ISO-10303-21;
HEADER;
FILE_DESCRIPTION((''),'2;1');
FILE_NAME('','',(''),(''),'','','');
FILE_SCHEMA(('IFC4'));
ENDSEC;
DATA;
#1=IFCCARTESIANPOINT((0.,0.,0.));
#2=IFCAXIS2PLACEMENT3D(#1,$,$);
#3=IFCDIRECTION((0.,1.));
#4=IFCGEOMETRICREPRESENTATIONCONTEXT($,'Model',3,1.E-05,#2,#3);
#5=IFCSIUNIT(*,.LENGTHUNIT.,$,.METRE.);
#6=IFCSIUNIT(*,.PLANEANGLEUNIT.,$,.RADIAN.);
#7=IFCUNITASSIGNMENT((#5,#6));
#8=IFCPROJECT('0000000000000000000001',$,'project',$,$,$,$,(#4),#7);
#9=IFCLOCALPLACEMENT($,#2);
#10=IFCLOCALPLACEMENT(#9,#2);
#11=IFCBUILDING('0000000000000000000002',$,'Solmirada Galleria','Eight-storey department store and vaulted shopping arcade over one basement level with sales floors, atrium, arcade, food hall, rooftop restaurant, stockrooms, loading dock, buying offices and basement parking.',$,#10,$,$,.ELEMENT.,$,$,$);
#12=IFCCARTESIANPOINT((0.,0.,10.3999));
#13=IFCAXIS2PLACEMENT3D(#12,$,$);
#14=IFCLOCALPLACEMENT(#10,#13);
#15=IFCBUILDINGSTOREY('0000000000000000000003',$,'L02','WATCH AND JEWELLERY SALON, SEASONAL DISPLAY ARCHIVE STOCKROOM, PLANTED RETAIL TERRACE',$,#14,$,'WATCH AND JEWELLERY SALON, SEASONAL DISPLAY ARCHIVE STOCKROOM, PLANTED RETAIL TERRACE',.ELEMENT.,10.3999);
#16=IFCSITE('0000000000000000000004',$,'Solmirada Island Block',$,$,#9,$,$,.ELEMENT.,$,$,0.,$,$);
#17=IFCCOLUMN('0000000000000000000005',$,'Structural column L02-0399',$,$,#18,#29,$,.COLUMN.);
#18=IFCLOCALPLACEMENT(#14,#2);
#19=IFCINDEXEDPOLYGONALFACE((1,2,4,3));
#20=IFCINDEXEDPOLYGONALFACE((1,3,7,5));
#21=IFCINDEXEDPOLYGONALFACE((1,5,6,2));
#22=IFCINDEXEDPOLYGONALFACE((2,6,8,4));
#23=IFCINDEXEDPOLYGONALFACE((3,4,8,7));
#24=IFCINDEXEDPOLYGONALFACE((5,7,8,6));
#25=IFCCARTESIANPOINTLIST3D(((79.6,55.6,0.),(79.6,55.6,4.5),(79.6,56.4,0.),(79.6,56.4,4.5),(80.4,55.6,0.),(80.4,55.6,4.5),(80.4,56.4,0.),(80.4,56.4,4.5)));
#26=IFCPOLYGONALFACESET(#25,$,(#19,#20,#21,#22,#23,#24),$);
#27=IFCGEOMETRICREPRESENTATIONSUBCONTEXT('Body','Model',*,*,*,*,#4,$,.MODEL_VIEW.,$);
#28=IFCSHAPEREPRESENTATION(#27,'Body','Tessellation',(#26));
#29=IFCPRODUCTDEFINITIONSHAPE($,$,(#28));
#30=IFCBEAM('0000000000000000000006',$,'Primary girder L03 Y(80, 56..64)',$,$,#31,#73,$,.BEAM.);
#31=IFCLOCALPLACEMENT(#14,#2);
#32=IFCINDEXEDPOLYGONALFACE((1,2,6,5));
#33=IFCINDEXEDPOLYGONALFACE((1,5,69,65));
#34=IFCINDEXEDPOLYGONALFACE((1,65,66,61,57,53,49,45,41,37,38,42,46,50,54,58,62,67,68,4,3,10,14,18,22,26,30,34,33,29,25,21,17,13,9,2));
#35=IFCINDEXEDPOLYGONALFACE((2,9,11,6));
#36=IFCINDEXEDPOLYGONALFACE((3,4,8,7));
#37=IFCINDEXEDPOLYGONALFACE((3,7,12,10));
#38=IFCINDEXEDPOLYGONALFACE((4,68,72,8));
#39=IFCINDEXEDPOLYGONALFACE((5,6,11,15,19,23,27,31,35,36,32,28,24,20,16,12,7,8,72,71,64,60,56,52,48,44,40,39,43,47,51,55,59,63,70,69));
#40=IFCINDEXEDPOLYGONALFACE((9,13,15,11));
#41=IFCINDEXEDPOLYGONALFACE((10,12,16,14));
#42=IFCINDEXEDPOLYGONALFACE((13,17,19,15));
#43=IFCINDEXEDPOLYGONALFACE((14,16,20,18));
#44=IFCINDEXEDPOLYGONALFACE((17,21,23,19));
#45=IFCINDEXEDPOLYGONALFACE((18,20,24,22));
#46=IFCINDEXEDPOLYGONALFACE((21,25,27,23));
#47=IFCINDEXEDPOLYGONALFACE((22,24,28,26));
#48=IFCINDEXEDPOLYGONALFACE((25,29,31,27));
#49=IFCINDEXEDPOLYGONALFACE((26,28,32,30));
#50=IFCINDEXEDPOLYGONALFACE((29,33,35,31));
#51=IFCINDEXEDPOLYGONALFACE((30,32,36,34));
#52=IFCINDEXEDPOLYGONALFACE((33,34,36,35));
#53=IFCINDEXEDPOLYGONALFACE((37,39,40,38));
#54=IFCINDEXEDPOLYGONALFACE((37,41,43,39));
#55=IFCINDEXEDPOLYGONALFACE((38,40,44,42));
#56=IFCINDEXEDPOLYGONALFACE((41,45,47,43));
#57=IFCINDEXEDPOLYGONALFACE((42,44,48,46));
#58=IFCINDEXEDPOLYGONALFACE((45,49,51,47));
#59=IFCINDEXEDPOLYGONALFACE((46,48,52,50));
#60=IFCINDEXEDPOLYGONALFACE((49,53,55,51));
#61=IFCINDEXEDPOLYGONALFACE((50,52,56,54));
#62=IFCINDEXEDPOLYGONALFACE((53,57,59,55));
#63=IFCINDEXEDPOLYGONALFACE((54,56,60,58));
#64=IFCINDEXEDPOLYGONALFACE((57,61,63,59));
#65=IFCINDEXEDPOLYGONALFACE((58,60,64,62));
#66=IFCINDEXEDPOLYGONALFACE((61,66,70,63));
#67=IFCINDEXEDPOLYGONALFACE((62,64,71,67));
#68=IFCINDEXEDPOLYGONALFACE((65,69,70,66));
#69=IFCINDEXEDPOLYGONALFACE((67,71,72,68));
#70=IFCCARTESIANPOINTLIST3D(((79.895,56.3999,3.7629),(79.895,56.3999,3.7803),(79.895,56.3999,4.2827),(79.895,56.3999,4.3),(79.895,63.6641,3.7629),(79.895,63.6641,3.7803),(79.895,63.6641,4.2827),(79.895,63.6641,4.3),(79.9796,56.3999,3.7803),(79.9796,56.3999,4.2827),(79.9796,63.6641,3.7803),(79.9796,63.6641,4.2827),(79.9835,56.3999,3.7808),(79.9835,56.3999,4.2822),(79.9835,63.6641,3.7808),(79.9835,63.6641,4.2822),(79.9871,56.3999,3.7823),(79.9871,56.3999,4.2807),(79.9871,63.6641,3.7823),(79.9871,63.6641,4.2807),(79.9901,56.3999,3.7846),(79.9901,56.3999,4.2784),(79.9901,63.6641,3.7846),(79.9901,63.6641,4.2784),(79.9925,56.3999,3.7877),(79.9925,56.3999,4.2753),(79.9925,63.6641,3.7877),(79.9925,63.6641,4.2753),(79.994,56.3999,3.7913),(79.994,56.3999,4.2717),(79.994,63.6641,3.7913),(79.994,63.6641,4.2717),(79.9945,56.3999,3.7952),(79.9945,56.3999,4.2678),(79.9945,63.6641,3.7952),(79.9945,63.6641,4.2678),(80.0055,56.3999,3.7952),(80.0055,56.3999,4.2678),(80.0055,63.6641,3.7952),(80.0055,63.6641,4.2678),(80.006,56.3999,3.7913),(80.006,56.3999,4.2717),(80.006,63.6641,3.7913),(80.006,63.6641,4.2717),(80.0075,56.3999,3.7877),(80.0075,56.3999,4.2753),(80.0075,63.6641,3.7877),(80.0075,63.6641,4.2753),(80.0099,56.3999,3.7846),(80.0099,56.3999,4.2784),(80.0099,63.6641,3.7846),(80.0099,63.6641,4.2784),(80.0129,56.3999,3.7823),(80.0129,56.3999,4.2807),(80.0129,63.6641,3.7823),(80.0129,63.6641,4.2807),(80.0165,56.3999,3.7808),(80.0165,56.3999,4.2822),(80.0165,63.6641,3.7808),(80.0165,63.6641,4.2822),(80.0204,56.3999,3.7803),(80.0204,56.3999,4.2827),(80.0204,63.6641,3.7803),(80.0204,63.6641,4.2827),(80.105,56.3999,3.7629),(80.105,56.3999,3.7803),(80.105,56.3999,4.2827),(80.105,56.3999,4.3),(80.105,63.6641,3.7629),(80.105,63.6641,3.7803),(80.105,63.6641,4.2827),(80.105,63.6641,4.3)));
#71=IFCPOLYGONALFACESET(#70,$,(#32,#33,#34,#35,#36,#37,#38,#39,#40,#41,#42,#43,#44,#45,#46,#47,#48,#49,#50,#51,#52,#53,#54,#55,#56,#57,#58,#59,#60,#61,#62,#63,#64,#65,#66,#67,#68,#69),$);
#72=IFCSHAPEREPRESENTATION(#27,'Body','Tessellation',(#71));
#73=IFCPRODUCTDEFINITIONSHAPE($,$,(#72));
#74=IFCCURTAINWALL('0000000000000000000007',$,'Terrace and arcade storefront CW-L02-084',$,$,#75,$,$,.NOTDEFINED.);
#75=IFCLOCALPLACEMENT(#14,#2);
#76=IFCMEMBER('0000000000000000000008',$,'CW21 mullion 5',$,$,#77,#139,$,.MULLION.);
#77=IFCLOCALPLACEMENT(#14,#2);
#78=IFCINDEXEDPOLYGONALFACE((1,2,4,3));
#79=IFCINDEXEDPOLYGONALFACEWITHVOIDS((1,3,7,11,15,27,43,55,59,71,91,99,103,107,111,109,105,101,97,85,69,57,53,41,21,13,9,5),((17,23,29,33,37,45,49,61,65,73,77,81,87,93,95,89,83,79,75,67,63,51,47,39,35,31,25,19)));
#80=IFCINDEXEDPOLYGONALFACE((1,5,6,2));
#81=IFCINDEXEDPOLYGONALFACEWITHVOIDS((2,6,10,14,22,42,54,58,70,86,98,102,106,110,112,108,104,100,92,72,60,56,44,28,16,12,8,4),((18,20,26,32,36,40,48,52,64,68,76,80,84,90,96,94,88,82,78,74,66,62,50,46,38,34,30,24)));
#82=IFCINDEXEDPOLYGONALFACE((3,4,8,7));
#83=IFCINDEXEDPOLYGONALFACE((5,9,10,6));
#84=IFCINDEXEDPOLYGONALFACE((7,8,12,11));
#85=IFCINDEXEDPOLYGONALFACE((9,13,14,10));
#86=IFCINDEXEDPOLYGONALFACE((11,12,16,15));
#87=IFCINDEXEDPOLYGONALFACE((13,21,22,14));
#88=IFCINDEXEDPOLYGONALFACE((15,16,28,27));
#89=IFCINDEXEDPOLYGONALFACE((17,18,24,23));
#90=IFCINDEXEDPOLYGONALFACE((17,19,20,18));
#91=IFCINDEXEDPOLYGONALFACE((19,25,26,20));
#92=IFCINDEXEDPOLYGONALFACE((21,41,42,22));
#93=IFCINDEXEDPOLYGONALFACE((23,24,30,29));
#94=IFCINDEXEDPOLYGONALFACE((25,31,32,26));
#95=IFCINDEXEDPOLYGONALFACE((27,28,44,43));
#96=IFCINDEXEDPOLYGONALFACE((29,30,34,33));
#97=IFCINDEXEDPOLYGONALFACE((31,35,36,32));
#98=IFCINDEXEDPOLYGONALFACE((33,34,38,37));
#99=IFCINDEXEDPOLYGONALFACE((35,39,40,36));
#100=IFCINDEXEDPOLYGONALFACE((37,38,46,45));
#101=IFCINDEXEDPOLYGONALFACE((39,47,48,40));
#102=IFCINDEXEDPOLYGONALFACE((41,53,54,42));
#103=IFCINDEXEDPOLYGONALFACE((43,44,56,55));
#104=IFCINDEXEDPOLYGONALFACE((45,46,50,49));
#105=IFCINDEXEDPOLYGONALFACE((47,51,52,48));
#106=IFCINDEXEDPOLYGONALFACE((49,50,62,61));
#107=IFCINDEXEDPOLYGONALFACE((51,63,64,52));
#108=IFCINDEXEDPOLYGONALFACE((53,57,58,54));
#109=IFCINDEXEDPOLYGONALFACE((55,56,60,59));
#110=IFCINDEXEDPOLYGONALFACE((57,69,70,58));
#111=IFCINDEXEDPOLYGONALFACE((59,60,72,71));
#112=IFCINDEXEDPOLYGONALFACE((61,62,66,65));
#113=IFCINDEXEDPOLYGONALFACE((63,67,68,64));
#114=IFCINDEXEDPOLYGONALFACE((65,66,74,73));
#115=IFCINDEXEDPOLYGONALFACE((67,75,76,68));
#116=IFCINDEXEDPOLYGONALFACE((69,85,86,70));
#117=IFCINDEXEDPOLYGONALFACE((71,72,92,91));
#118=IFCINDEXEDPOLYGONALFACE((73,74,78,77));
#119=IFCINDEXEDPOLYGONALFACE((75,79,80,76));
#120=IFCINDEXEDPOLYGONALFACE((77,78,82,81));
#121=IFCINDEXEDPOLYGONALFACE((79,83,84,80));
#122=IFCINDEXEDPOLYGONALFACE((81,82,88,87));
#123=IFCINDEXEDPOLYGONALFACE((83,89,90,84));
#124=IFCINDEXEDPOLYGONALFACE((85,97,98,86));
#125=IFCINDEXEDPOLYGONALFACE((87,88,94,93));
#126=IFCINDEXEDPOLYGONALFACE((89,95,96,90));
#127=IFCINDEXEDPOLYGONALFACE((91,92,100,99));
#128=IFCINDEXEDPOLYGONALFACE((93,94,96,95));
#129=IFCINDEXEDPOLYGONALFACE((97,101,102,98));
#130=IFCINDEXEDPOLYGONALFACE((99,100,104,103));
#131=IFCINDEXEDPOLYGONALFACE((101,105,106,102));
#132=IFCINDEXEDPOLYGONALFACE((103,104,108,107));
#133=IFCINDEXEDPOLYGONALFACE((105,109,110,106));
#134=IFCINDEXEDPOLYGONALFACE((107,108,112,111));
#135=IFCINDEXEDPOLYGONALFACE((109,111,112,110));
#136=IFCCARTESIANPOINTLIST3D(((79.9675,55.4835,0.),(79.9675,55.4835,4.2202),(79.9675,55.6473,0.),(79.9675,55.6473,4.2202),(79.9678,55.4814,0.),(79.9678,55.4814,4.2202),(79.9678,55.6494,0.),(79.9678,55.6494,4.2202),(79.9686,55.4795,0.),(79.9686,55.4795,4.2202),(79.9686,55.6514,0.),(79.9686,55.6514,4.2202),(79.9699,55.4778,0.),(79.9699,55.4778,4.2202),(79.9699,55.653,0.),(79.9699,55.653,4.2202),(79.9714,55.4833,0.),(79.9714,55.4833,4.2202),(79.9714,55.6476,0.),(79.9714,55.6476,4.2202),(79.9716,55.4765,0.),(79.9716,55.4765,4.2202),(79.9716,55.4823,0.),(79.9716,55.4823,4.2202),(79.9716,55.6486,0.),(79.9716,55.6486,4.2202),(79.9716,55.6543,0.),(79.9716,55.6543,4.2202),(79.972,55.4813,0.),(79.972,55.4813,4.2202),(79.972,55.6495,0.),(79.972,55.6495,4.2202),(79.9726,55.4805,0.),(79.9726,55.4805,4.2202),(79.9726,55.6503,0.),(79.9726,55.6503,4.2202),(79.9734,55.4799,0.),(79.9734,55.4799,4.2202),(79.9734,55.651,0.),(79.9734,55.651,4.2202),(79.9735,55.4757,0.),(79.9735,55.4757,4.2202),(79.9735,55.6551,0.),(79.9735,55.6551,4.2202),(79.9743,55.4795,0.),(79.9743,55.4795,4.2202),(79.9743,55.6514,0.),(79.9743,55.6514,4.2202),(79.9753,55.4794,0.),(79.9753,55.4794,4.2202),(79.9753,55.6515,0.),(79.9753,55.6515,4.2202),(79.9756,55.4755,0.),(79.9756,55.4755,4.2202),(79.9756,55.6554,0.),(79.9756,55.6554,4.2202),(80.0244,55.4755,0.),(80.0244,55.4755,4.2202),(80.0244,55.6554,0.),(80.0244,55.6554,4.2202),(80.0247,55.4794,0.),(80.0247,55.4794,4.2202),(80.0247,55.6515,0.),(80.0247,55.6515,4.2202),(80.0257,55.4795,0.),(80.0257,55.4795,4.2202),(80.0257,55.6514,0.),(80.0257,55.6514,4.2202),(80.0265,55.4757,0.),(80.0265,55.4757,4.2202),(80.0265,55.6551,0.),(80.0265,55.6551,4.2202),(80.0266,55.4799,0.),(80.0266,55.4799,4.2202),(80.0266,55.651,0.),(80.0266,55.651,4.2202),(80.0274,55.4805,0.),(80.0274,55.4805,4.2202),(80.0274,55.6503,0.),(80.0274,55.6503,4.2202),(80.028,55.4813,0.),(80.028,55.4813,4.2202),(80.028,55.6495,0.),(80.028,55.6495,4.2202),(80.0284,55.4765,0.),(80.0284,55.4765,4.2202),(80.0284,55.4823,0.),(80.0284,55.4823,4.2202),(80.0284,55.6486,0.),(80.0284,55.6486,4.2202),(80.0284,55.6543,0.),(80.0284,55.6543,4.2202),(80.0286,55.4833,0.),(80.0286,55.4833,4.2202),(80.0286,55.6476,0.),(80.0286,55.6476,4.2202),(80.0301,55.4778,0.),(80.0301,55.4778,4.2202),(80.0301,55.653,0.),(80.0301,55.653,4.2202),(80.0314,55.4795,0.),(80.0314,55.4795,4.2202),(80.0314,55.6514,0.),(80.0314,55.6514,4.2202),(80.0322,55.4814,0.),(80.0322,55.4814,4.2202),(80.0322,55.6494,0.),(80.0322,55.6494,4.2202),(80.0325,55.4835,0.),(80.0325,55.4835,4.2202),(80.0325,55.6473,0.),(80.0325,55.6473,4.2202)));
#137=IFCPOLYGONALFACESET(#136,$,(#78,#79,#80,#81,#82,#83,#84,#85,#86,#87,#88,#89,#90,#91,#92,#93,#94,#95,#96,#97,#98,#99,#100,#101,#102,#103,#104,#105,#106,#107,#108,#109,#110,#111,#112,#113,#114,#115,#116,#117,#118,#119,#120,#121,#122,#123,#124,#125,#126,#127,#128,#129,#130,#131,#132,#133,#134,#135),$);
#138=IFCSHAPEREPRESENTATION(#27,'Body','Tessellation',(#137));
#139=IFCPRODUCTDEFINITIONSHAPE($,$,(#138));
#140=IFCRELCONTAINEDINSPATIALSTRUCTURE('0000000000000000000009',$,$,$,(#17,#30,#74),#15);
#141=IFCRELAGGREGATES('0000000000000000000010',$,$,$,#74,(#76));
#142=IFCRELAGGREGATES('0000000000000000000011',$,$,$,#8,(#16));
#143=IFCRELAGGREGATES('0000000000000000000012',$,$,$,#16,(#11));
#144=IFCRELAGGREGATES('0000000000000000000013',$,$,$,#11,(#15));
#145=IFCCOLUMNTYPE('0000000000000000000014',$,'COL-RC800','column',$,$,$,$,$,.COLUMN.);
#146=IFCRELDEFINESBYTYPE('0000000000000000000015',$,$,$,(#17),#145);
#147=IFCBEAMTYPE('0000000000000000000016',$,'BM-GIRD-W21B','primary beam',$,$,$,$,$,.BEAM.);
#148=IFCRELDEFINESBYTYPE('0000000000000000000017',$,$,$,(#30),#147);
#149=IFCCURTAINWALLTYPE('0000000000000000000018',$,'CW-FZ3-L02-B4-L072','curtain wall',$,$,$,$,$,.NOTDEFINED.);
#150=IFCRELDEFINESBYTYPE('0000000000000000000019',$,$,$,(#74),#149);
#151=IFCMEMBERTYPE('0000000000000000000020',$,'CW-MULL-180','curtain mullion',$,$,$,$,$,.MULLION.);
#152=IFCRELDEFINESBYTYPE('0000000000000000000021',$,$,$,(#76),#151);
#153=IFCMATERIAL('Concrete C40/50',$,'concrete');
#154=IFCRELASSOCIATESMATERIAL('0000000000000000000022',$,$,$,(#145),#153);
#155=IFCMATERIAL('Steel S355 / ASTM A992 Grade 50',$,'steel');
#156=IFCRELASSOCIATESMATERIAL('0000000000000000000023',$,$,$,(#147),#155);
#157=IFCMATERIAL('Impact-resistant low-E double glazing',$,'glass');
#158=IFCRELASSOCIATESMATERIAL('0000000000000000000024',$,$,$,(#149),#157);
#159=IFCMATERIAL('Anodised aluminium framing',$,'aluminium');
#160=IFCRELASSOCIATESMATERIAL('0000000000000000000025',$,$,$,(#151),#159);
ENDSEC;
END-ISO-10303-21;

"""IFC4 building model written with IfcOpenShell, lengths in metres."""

from ifc_helpers import new_model, si_unit, direction, frame, origin, origin_2d, place, context, subcontext, project, spatial, rectangle, hollow_rectangle, i_section, extrude, material, material_profile, profile_set, type_object, element, aggregate, save


model = new_model("IFC4")

# Units and contexts
model_context = context("Model", 3, precision=1e-05, world=origin(), true_north=direction((0.0, 1.0)))
body_context = subcontext(model_context, "Body", "Model", "MODEL_VIEW")
ifc_project = project(units=[si_unit("LENGTHUNIT", "METRE"), si_unit("PLANEANGLEUNIT", "RADIAN")], contexts=[model_context])

# Site, building, storey
site_placement = place(None, origin())
site = spatial("IfcSite", under=ifc_project, at=site_placement, Name="Solmirada Island Block", CompositionType="ELEMENT", RefElevation=0.0)
building_placement = place(site_placement, origin())
building = spatial("IfcBuilding", under=site, at=building_placement, Name="Solmirada Galleria", Description="Eight-storey department store and vaulted shopping arcade over one basement level with sales floors, atrium, arcade, food hall, rooftop restaurant, stockrooms, loading dock, buying offices and basement parking.", CompositionType="ELEMENT")
storey_placement = place(building_placement, frame((0.0, 0.0, 10.3999)))
storey = spatial("IfcBuildingStorey", under=building, at=storey_placement, Name="L02", Description="WATCH AND JEWELLERY SALON, SEASONAL DISPLAY ARCHIVE STOCKROOM, PLANTED RETAIL TERRACE", LongName="WATCH AND JEWELLERY SALON, SEASONAL DISPLAY ARCHIVE STOCKROOM, PLANTED RETAIL TERRACE", CompositionType="ELEMENT", Elevation=10.3999)

# Column
ifc_material_1 = material(Name="Concrete C40/50", Category="concrete")
ifc_material_profile_1 = material_profile(ifc_material_1, rectangle(XDim=0.8, YDim=0.8, at=origin_2d()), Name="RC800X800")
ifc_profile_set_1 = profile_set([ifc_material_profile_1], Name="Concrete C40/50")
column_type = type_object("IfcColumnType", Name="COL-RC800", Description="column", PredefinedType="COLUMN", material=ifc_profile_set_1)
column_placement = place(storey_placement, frame((80.0, 56.0, 0.0), z_axis=(0.0, 0.0, 1.0), x_axis=(1.0, 0.0, 0.0)))
element("IfcColumn", 1, at=column_placement, inside=storey, type_object=column_type, Name="Structural column L02-0399", PredefinedType="COLUMN", context=body_context, shape_type="SweptSolid", body=[
    extrude(rectangle(XDim=0.8, YDim=0.8, at=origin_2d()), origin(), (0.0, 0.0, 1.0), 4.5),
])

# Beam
ifc_material_2 = material(Name="Steel S355 / ASTM A992 Grade 50", Category="steel")
ifc_material_profile_2 = material_profile(ifc_material_2, i_section(OverallWidth=0.21, OverallDepth=0.5371, WebThickness=0.011, FlangeThickness=0.0173, FilletRadius=0.0149, at=origin_2d()), Name="W21X68")
ifc_profile_set_2 = profile_set([ifc_material_profile_2], Name="Steel S355 / ASTM A992 Grade 50")
beam_type = type_object("IfcBeamType", Name="BM-GIRD-W21B", Description="primary beam", PredefinedType="BEAM", material=ifc_profile_set_2)
beam_placement = place(storey_placement, frame((80.0, 56.3999, 4.0315), z_axis=(0.0, 1.0, 0.0), x_axis=(-1.0, 0.0, 0.0)))
element("IfcBeam", 2, at=beam_placement, inside=storey, type_object=beam_type, Name="Primary girder L03 Y(80, 56..64)", PredefinedType="BEAM", context=body_context, shape_type="SweptSolid", body=[
    extrude(i_section(OverallWidth=0.21, OverallDepth=0.5371, WebThickness=0.011, FlangeThickness=0.0173, FilletRadius=0.0149, at=origin_2d()), origin(), (0.0, 0.0, 1.0), 7.2642),
])

# Curtain wall, member
ifc_material_3 = material(Name="Impact-resistant low-E double glazing", Category="glass")
curtain_wall_type = type_object("IfcCurtainWallType", Name="CW-FZ3-L02-B4-L072", Description="curtain wall", PredefinedType="NOTDEFINED", material=ifc_material_3)
curtain_wall_1_placement = place(storey_placement, origin())
curtain_wall_1 = element("IfcCurtainWall", 3, at=curtain_wall_1_placement, inside=storey, type_object=curtain_wall_type, Name="Terrace and arcade storefront CW-L02-084", PredefinedType="NOTDEFINED")
ifc_material_4 = material(Name="Anodised aluminium framing", Category="aluminium")
ifc_material_profile_3 = material_profile(ifc_material_4, hollow_rectangle(XDim=0.0649, YDim=0.1799, WallThickness=0.0039, InnerFilletRadius=0.0039, OuterFilletRadius=0.0081, at=origin_2d()), Name="ALU-MULL-180X65")
ifc_profile_set_3 = profile_set([ifc_material_profile_3], Name="Anodised aluminium framing")
member_type_1 = type_object("IfcMemberType", Name="CW-MULL-180", Description="curtain mullion", PredefinedType="MULLION", material=ifc_profile_set_3)
member_1_placement = place(storey_placement, frame((80.0, 55.5654, 0.0), z_axis=(0.0, 0.0, 1.0), x_axis=(-1.0, 0.0, 0.0)))
member_1 = element("IfcMember", 4, at=member_1_placement, type_object=member_type_1, Name="CW21 mullion 5", PredefinedType="MULLION", context=body_context, shape_type="SweptSolid", body=[
    extrude(hollow_rectangle(XDim=0.0649, YDim=0.1799, WallThickness=0.0039, InnerFilletRadius=0.0039, OuterFilletRadius=0.0081, at=origin_2d()), origin(), (0.0, 0.0, 1.0), 4.2202),
])

aggregate(curtain_wall_1, [member_1])

save(model, "model.ifc")
